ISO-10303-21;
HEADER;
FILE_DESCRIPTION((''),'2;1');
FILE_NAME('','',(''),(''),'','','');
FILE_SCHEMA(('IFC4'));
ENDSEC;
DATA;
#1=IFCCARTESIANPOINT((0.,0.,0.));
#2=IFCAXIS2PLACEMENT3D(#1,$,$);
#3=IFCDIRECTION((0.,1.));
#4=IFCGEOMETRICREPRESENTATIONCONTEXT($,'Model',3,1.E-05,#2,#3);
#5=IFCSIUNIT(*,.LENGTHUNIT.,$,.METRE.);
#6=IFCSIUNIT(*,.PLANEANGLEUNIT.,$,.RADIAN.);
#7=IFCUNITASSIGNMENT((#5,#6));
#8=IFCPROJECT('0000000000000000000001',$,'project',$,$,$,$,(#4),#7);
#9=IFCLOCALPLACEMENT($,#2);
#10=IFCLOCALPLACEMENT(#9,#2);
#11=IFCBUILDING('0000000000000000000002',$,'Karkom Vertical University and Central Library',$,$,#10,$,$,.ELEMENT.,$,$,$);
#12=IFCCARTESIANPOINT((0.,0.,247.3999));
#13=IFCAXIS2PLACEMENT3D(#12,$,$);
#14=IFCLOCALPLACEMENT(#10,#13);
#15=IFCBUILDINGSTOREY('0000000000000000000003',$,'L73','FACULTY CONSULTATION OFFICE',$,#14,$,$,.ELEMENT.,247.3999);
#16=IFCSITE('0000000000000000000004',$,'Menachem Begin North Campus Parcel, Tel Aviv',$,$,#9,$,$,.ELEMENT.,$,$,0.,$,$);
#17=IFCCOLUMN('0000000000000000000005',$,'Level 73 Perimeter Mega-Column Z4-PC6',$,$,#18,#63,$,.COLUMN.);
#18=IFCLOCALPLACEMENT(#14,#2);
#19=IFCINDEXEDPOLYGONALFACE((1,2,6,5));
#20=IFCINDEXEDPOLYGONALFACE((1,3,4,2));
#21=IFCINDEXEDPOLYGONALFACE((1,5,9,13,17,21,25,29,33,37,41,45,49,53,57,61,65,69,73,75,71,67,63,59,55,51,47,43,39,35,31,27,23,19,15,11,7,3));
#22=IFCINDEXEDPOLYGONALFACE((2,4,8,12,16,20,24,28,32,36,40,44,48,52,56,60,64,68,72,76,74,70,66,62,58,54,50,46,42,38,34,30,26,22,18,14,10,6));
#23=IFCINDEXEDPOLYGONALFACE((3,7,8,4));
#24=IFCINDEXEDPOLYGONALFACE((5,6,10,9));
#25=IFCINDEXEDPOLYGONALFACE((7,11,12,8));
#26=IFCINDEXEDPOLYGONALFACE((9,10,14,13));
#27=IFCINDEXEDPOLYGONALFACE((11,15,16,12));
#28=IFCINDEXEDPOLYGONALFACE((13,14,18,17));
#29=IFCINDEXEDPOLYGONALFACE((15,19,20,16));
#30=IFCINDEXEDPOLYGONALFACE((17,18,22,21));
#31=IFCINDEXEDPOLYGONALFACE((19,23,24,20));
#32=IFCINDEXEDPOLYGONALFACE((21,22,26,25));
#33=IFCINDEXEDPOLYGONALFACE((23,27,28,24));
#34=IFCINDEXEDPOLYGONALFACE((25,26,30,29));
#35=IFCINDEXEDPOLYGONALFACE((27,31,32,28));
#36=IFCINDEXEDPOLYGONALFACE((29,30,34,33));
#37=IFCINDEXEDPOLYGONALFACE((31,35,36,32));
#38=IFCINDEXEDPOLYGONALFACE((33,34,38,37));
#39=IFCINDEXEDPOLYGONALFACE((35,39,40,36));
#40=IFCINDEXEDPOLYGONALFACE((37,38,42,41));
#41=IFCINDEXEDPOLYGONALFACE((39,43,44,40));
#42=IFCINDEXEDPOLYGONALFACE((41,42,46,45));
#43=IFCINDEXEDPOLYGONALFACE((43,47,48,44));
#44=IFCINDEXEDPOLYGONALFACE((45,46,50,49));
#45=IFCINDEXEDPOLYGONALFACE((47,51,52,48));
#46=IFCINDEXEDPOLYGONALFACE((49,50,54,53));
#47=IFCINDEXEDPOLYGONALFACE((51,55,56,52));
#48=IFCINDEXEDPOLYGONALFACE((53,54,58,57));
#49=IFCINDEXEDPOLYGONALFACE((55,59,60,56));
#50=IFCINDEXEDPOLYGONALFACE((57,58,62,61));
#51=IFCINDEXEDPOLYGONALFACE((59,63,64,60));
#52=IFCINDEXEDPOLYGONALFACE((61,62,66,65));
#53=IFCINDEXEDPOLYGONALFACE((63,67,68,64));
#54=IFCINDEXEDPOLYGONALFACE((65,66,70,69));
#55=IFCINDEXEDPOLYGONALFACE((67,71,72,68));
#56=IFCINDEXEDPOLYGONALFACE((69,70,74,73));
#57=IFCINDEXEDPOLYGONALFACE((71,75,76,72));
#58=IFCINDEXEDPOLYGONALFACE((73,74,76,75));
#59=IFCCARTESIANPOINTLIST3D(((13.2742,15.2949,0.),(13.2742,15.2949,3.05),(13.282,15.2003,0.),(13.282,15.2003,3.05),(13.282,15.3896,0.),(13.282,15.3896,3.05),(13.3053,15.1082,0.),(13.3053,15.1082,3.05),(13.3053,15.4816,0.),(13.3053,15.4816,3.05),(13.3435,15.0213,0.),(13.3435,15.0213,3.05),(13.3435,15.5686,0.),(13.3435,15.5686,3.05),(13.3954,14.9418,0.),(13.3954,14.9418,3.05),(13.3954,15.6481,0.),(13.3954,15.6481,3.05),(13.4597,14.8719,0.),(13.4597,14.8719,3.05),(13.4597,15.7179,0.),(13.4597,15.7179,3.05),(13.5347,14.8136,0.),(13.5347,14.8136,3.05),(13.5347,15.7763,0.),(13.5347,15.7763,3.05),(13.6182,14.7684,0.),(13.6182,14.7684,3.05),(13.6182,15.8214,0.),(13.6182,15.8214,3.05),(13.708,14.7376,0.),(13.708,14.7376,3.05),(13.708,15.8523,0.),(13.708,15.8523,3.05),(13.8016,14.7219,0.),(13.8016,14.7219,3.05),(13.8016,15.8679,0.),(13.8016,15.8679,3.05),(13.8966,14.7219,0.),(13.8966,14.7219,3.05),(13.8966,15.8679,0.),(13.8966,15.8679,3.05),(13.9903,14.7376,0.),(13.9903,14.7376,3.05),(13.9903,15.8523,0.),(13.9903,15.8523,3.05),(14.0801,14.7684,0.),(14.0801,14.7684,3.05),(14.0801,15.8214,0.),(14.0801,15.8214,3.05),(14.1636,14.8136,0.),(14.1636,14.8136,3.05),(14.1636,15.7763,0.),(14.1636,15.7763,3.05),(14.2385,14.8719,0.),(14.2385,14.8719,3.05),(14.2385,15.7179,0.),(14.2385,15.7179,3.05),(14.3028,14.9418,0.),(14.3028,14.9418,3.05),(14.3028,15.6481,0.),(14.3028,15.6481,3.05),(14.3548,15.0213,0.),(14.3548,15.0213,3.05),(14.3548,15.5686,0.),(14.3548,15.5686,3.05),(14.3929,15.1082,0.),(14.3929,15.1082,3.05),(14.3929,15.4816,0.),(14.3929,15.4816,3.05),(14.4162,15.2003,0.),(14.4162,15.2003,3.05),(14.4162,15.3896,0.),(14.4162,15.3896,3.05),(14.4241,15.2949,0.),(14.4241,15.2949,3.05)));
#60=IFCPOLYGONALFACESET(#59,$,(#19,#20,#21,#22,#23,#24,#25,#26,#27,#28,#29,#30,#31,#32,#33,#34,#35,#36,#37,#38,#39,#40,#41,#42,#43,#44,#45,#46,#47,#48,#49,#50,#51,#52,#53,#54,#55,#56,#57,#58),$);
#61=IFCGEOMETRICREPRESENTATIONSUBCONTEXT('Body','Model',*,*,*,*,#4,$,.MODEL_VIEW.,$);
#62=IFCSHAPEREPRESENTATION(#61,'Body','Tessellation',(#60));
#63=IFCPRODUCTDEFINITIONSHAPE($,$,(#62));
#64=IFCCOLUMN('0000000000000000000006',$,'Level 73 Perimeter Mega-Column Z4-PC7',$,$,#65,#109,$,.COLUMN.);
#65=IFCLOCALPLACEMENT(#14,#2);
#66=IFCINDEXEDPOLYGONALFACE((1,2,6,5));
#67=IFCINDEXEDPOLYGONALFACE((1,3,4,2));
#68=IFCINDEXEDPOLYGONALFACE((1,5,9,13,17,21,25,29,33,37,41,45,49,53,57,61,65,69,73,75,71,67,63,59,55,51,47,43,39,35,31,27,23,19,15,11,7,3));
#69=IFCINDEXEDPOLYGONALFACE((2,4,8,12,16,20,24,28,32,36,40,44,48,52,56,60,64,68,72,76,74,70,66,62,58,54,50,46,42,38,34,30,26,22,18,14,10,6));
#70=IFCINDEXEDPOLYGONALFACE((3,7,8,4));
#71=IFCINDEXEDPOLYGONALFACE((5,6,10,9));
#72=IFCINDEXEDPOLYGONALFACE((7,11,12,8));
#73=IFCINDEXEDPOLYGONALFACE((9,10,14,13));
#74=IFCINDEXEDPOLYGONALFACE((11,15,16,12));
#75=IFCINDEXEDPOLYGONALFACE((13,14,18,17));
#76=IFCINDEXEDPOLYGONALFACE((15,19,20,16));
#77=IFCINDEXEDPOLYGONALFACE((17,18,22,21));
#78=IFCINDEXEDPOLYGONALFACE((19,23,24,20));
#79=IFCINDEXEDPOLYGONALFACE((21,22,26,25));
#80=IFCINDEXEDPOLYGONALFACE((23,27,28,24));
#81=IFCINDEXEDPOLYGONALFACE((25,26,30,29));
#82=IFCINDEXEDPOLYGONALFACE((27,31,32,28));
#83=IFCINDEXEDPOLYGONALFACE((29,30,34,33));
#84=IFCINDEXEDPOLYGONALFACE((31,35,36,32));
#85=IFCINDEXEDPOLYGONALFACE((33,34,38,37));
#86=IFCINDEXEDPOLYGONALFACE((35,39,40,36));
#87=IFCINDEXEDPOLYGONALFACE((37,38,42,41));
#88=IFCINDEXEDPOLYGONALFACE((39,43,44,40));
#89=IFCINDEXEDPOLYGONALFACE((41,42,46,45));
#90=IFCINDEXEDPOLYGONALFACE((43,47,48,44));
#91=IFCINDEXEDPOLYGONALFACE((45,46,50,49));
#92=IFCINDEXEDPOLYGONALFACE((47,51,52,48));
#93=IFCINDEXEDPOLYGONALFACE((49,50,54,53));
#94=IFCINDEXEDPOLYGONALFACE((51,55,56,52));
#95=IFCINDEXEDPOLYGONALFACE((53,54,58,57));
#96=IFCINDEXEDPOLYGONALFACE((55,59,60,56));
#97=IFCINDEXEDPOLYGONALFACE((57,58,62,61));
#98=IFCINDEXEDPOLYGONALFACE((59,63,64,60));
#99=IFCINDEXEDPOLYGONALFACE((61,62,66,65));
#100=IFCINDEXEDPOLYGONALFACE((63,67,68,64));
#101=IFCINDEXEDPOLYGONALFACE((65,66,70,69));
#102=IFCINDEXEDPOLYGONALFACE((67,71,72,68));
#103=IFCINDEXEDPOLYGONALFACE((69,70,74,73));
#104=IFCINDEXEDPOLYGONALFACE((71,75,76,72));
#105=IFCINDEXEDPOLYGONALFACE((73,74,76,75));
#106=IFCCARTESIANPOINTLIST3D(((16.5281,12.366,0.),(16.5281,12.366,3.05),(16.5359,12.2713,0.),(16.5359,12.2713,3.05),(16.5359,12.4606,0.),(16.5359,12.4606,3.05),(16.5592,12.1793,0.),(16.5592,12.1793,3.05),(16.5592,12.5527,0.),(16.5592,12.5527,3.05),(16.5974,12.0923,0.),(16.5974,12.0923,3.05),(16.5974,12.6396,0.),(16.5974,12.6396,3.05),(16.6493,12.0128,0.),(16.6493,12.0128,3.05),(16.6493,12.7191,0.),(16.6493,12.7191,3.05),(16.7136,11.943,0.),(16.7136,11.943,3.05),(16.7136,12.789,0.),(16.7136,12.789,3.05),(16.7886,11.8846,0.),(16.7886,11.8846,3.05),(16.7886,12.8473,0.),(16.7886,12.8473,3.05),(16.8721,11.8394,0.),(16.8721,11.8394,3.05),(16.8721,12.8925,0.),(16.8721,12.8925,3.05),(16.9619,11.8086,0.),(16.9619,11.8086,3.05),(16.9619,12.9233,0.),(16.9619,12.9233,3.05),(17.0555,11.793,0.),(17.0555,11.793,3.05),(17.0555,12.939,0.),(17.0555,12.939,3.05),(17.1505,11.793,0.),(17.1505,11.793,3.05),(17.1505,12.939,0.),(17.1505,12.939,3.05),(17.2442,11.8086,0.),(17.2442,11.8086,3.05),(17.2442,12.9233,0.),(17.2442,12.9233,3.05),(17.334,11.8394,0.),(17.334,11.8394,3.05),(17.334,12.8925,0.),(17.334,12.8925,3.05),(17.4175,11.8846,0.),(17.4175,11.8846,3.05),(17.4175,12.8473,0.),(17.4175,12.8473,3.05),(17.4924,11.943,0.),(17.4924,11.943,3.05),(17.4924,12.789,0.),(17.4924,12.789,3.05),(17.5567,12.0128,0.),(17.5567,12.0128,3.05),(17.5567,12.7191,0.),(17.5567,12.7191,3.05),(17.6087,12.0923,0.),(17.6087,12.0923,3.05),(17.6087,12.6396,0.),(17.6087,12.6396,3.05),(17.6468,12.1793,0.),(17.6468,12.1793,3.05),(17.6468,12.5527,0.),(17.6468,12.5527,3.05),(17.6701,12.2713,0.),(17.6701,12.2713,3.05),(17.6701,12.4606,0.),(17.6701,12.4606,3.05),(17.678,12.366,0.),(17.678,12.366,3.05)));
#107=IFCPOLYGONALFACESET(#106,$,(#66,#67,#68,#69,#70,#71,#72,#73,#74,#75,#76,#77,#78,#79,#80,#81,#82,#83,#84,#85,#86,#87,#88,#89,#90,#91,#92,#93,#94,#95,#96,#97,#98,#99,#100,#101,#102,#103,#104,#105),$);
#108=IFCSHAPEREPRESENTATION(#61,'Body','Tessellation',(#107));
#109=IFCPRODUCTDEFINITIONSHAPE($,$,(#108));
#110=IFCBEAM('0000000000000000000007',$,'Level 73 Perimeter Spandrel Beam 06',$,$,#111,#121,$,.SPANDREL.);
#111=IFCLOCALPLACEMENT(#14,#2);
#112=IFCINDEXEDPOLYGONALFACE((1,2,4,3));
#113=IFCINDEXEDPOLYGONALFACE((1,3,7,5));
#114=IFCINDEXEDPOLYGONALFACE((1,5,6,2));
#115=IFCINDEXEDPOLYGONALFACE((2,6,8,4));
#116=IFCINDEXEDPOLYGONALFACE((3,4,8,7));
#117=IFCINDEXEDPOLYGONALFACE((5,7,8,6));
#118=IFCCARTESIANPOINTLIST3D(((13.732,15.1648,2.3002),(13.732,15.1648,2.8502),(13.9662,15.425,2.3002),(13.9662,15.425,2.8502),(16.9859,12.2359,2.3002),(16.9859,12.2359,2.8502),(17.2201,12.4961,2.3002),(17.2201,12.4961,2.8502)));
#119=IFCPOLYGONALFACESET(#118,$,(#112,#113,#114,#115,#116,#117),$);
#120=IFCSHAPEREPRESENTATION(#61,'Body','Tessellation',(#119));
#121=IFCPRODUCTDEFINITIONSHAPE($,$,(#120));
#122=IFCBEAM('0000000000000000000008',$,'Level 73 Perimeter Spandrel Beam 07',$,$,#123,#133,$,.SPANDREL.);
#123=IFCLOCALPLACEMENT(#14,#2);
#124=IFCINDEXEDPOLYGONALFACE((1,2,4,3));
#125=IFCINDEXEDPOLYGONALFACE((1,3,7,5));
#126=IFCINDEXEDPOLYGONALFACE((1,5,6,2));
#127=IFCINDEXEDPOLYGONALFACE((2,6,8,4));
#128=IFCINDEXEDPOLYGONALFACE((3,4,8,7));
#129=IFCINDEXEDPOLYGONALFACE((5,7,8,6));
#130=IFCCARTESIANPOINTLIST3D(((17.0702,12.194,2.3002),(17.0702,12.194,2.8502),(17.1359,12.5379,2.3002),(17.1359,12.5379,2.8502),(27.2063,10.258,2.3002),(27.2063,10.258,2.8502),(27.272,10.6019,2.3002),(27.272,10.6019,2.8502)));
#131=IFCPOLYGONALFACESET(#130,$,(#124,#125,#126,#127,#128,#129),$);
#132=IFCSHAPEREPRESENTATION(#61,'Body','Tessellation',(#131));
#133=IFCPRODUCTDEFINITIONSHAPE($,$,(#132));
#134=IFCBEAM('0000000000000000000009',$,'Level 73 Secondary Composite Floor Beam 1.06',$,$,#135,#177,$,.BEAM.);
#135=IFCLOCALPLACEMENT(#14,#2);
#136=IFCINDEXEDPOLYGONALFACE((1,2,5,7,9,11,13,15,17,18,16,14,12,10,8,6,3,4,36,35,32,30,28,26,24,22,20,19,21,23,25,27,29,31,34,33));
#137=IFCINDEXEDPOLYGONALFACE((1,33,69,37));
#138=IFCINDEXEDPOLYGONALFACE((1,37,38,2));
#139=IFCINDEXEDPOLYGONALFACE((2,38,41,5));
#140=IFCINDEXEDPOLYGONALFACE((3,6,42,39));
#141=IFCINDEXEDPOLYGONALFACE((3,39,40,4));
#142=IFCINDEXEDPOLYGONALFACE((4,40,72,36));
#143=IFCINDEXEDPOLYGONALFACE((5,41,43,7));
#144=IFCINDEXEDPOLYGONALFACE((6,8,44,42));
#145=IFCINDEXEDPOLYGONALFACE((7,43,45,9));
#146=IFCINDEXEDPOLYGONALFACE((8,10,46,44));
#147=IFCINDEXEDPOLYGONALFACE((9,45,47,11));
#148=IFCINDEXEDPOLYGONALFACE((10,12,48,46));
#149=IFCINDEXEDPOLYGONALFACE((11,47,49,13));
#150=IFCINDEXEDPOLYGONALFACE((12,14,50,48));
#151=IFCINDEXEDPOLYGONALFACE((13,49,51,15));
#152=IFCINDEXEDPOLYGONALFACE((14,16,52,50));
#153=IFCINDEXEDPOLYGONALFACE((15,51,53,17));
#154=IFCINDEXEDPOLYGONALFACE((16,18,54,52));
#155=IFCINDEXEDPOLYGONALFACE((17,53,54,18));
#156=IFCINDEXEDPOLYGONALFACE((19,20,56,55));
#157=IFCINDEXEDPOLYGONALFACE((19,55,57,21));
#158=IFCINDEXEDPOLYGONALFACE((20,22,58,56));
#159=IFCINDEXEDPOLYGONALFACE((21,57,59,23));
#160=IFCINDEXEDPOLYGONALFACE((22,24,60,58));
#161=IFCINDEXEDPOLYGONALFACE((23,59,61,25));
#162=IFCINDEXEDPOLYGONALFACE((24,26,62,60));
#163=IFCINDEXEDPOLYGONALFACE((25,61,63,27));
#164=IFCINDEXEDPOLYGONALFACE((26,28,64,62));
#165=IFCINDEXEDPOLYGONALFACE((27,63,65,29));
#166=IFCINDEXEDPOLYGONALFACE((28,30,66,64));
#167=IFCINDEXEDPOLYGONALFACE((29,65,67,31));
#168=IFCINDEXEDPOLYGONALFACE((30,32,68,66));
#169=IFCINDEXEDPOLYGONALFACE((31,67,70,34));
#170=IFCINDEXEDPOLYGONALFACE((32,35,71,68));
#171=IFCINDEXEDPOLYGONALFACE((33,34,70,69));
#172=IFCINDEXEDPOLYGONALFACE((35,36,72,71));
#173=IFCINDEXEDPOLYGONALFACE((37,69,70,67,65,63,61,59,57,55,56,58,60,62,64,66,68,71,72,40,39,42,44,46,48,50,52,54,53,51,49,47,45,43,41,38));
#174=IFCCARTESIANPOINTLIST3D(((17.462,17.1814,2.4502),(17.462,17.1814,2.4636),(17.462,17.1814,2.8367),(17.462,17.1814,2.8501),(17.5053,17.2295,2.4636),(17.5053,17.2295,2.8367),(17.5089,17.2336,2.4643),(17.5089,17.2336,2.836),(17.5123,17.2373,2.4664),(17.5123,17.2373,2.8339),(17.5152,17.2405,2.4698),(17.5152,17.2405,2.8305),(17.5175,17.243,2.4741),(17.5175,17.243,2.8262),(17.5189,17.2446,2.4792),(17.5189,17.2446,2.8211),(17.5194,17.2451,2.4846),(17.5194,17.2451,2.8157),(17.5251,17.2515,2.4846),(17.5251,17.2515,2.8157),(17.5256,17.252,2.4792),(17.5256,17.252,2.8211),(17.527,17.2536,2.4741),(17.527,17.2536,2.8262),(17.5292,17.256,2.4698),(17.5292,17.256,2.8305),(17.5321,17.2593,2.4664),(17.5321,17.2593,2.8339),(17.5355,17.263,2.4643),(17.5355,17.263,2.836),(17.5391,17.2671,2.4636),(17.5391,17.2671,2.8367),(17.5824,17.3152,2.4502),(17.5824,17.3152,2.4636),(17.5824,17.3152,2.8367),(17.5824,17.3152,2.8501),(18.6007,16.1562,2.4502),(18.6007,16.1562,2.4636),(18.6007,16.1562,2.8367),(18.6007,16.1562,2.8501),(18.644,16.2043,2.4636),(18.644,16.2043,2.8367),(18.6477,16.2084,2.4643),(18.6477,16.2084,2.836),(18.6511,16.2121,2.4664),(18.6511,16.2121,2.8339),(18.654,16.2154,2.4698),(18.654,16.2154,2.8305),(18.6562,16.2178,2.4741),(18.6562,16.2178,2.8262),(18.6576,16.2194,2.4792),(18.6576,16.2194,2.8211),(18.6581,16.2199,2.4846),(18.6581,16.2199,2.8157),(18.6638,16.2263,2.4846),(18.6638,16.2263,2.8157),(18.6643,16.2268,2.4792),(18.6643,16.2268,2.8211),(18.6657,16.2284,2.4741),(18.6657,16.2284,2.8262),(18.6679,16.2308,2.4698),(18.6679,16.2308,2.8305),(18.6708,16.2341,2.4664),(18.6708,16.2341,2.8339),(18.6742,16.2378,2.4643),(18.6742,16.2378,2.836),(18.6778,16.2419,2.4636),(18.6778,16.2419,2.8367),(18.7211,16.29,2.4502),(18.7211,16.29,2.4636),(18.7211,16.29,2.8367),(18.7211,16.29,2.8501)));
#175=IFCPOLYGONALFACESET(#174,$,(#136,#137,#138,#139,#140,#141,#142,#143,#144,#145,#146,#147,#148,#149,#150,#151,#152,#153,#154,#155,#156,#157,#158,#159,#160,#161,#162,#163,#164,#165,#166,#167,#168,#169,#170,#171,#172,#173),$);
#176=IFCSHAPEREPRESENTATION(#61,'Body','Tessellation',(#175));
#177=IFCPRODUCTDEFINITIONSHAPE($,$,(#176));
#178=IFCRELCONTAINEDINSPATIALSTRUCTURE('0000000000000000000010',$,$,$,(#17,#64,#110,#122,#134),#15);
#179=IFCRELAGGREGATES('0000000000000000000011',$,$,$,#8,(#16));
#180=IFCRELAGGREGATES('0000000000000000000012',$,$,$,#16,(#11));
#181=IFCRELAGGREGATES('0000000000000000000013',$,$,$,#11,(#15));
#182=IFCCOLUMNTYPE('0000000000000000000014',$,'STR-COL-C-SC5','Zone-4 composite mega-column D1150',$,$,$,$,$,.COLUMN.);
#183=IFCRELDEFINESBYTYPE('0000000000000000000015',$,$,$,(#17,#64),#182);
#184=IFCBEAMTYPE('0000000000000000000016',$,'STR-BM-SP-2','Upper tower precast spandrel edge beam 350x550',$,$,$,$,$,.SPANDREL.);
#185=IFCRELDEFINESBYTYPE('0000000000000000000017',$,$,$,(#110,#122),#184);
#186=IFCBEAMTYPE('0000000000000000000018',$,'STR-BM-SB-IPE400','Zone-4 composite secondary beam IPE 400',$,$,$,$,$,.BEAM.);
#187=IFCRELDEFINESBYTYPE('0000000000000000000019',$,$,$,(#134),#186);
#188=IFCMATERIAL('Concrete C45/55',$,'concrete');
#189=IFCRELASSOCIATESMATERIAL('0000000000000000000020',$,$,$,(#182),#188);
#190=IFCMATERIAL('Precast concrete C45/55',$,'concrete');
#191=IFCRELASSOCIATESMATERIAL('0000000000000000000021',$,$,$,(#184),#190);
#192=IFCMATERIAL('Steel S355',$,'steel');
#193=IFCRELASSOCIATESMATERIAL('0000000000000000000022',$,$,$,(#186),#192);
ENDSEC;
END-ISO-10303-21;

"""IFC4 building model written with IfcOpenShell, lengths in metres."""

from ifc_helpers import new_model, si_unit, direction, frame, origin, origin_with_axes, origin_2d, place, context, subcontext, project, spatial, rectangle, circle, i_section, extrude, source, transform, mapped, material, material_profile, profile_set, type_object, element, save


model = new_model("IFC4")

# Units and contexts
model_context = context("Model", 3, precision=1e-05, world=origin(), true_north=direction((0.0, 1.0)))
body_context = subcontext(model_context, "Body", "Model", "MODEL_VIEW")
ifc_project = project(units=[si_unit("LENGTHUNIT", "METRE"), si_unit("PLANEANGLEUNIT", "RADIAN")], contexts=[model_context])

# Site, building, storey
site_placement = place(None, origin())
site = spatial("IfcSite", under=ifc_project, at=site_placement, Name="Menachem Begin North Campus Parcel, Tel Aviv", CompositionType="ELEMENT", RefElevation=0.0)
building_placement = place(site_placement, origin())
building = spatial("IfcBuilding", under=site, at=building_placement, Name="Karkom Vertical University and Central Library", CompositionType="ELEMENT")
storey_placement = place(building_placement, frame((0.0, 0.0, 247.3999)))
storey = spatial("IfcBuildingStorey", under=building, at=storey_placement, Name="L73", Description="FACULTY CONSULTATION OFFICE", CompositionType="ELEMENT", Elevation=247.3999)

# Columns
ifc_material_1 = material(Name="Concrete C45/55", Category="concrete")
ifc_material_profile_1 = material_profile(ifc_material_1, circle(Radius=0.575, at=origin_2d()), Name="CFT-D1150")
ifc_profile_set_1 = profile_set([ifc_material_profile_1], Name="Concrete C45/55")
column_type = type_object("IfcColumnType", Name="STR-COL-C-SC5", Description="Zone-4 composite mega-column D1150", PredefinedType="COLUMN", material=ifc_profile_set_1)
shared_shape_1 = source(origin_with_axes(), body_context, "Body", "SweptSolid", [
    extrude(circle(Radius=0.575, at=origin_2d()), origin(), (0.0, 0.0, 1.0), 3.05),
])
for number, where, z_axis, x_axis, name in (
    (1, (13.8491, 15.2949, 0.0), (0.0, 0.0, 1.0), (1.0, 0.0, 0.0), "Level 73 Perimeter Mega-Column Z4-PC6"),
    (2, (17.103, 12.366, 0.0), (0.0, 0.0, 1.0), (1.0, 0.0, 0.0), "Level 73 Perimeter Mega-Column Z4-PC7"),
):
    element("IfcColumn", number, at=place(storey_placement, frame(where, z_axis=z_axis, x_axis=x_axis)), inside=storey, type_object=column_type, Name=name, PredefinedType="COLUMN", context=body_context, shape_type="MappedRepresentation", body=[
        mapped(shared_shape_1, transform((0.0, 0.0, 0.0), scale=1.0)),
    ])

# Beams
ifc_material_2 = material(Name="Precast concrete C45/55", Category="concrete")
ifc_material_profile_2 = material_profile(ifc_material_2, rectangle(XDim=0.3501, YDim=0.55, at=origin_2d()), Name="SPB-350x550")
ifc_profile_set_2 = profile_set([ifc_material_profile_2], Name="Precast concrete C45/55")
beam_type_1 = type_object("IfcBeamType", Name="STR-BM-SP-2", Description="Upper tower precast spandrel edge beam 350x550", PredefinedType="SPANDREL", material=ifc_profile_set_2)
shared_shape_2 = source(origin_with_axes(), body_context, "Body", "SweptSolid", [
    extrude(rectangle(XDim=0.3501, YDim=0.55, at=origin_2d()), origin(), (0.0, 0.0, 1.0), 4.3779),
])
beam_1_placement = place(storey_placement, frame((13.8491, 15.2949, 2.5752), z_axis=(0.743244, -0.66902, 0.0), x_axis=(0.66902, 0.743244, 0.0)))
element("IfcBeam", 3, at=beam_1_placement, inside=storey, type_object=beam_type_1, Name="Level 73 Perimeter Spandrel Beam 06", PredefinedType="SPANDREL", context=body_context, shape_type="MappedRepresentation", body=[
    mapped(shared_shape_2, transform((0.0, 0.0, 0.0), scale=1.0)),
])
shared_shape_3 = source(origin_with_axes(), body_context, "Body", "SweptSolid", [
    extrude(rectangle(XDim=0.3501, YDim=0.55, at=origin_2d()), origin(), (0.0, 0.0, 1.0), 10.3193),
])
beam_2_placement = place(storey_placement, frame((17.103, 12.366, 2.5752), z_axis=(0.982243, -0.187614, 0.0), x_axis=(0.187614, 0.982243, 0.0)))
element("IfcBeam", 4, at=beam_2_placement, inside=storey, type_object=beam_type_1, Name="Level 73 Perimeter Spandrel Beam 07", PredefinedType="SPANDREL", context=body_context, shape_type="MappedRepresentation", body=[
    mapped(shared_shape_3, transform((0.0, 0.0, 0.0), scale=1.0)),
])
ifc_material_3 = material(Name="Steel S355", Category="steel")
ifc_material_profile_3 = material_profile(ifc_material_3, i_section(OverallWidth=0.1799, OverallDepth=0.3999, WebThickness=0.0085, FlangeThickness=0.0134, FilletRadius=0.021, at=origin_2d()), Name="IPE 400")
ifc_profile_set_3 = profile_set([ifc_material_profile_3], Name="Steel S355")
beam_type_2 = type_object("IfcBeamType", Name="STR-BM-SB-IPE400", Description="Zone-4 composite secondary beam IPE 400", PredefinedType="BEAM", material=ifc_profile_set_3)
shared_shape_4 = source(origin_with_axes(), body_context, "Body", "SweptSolid", [
    extrude(i_section(OverallWidth=0.1799, OverallDepth=0.3999, WebThickness=0.0085, FlangeThickness=0.0134, FilletRadius=0.021, at=origin_2d()), origin(), (0.0, 0.0, 1.0), 1.5322),
])
beam_3_placement = place(storey_placement, frame((17.5222, 17.2483, 2.6501), z_axis=(0.743183, -0.669088, 0.0), x_axis=(0.669088, 0.743183, 0.0)))
element("IfcBeam", 5, at=beam_3_placement, inside=storey, type_object=beam_type_2, Name="Level 73 Secondary Composite Floor Beam 1.06", PredefinedType="BEAM", context=body_context, shape_type="MappedRepresentation", body=[
    mapped(shared_shape_4, transform((0.0, 0.0, 0.0), scale=1.0)),
])

save(model, "model.ifc")
